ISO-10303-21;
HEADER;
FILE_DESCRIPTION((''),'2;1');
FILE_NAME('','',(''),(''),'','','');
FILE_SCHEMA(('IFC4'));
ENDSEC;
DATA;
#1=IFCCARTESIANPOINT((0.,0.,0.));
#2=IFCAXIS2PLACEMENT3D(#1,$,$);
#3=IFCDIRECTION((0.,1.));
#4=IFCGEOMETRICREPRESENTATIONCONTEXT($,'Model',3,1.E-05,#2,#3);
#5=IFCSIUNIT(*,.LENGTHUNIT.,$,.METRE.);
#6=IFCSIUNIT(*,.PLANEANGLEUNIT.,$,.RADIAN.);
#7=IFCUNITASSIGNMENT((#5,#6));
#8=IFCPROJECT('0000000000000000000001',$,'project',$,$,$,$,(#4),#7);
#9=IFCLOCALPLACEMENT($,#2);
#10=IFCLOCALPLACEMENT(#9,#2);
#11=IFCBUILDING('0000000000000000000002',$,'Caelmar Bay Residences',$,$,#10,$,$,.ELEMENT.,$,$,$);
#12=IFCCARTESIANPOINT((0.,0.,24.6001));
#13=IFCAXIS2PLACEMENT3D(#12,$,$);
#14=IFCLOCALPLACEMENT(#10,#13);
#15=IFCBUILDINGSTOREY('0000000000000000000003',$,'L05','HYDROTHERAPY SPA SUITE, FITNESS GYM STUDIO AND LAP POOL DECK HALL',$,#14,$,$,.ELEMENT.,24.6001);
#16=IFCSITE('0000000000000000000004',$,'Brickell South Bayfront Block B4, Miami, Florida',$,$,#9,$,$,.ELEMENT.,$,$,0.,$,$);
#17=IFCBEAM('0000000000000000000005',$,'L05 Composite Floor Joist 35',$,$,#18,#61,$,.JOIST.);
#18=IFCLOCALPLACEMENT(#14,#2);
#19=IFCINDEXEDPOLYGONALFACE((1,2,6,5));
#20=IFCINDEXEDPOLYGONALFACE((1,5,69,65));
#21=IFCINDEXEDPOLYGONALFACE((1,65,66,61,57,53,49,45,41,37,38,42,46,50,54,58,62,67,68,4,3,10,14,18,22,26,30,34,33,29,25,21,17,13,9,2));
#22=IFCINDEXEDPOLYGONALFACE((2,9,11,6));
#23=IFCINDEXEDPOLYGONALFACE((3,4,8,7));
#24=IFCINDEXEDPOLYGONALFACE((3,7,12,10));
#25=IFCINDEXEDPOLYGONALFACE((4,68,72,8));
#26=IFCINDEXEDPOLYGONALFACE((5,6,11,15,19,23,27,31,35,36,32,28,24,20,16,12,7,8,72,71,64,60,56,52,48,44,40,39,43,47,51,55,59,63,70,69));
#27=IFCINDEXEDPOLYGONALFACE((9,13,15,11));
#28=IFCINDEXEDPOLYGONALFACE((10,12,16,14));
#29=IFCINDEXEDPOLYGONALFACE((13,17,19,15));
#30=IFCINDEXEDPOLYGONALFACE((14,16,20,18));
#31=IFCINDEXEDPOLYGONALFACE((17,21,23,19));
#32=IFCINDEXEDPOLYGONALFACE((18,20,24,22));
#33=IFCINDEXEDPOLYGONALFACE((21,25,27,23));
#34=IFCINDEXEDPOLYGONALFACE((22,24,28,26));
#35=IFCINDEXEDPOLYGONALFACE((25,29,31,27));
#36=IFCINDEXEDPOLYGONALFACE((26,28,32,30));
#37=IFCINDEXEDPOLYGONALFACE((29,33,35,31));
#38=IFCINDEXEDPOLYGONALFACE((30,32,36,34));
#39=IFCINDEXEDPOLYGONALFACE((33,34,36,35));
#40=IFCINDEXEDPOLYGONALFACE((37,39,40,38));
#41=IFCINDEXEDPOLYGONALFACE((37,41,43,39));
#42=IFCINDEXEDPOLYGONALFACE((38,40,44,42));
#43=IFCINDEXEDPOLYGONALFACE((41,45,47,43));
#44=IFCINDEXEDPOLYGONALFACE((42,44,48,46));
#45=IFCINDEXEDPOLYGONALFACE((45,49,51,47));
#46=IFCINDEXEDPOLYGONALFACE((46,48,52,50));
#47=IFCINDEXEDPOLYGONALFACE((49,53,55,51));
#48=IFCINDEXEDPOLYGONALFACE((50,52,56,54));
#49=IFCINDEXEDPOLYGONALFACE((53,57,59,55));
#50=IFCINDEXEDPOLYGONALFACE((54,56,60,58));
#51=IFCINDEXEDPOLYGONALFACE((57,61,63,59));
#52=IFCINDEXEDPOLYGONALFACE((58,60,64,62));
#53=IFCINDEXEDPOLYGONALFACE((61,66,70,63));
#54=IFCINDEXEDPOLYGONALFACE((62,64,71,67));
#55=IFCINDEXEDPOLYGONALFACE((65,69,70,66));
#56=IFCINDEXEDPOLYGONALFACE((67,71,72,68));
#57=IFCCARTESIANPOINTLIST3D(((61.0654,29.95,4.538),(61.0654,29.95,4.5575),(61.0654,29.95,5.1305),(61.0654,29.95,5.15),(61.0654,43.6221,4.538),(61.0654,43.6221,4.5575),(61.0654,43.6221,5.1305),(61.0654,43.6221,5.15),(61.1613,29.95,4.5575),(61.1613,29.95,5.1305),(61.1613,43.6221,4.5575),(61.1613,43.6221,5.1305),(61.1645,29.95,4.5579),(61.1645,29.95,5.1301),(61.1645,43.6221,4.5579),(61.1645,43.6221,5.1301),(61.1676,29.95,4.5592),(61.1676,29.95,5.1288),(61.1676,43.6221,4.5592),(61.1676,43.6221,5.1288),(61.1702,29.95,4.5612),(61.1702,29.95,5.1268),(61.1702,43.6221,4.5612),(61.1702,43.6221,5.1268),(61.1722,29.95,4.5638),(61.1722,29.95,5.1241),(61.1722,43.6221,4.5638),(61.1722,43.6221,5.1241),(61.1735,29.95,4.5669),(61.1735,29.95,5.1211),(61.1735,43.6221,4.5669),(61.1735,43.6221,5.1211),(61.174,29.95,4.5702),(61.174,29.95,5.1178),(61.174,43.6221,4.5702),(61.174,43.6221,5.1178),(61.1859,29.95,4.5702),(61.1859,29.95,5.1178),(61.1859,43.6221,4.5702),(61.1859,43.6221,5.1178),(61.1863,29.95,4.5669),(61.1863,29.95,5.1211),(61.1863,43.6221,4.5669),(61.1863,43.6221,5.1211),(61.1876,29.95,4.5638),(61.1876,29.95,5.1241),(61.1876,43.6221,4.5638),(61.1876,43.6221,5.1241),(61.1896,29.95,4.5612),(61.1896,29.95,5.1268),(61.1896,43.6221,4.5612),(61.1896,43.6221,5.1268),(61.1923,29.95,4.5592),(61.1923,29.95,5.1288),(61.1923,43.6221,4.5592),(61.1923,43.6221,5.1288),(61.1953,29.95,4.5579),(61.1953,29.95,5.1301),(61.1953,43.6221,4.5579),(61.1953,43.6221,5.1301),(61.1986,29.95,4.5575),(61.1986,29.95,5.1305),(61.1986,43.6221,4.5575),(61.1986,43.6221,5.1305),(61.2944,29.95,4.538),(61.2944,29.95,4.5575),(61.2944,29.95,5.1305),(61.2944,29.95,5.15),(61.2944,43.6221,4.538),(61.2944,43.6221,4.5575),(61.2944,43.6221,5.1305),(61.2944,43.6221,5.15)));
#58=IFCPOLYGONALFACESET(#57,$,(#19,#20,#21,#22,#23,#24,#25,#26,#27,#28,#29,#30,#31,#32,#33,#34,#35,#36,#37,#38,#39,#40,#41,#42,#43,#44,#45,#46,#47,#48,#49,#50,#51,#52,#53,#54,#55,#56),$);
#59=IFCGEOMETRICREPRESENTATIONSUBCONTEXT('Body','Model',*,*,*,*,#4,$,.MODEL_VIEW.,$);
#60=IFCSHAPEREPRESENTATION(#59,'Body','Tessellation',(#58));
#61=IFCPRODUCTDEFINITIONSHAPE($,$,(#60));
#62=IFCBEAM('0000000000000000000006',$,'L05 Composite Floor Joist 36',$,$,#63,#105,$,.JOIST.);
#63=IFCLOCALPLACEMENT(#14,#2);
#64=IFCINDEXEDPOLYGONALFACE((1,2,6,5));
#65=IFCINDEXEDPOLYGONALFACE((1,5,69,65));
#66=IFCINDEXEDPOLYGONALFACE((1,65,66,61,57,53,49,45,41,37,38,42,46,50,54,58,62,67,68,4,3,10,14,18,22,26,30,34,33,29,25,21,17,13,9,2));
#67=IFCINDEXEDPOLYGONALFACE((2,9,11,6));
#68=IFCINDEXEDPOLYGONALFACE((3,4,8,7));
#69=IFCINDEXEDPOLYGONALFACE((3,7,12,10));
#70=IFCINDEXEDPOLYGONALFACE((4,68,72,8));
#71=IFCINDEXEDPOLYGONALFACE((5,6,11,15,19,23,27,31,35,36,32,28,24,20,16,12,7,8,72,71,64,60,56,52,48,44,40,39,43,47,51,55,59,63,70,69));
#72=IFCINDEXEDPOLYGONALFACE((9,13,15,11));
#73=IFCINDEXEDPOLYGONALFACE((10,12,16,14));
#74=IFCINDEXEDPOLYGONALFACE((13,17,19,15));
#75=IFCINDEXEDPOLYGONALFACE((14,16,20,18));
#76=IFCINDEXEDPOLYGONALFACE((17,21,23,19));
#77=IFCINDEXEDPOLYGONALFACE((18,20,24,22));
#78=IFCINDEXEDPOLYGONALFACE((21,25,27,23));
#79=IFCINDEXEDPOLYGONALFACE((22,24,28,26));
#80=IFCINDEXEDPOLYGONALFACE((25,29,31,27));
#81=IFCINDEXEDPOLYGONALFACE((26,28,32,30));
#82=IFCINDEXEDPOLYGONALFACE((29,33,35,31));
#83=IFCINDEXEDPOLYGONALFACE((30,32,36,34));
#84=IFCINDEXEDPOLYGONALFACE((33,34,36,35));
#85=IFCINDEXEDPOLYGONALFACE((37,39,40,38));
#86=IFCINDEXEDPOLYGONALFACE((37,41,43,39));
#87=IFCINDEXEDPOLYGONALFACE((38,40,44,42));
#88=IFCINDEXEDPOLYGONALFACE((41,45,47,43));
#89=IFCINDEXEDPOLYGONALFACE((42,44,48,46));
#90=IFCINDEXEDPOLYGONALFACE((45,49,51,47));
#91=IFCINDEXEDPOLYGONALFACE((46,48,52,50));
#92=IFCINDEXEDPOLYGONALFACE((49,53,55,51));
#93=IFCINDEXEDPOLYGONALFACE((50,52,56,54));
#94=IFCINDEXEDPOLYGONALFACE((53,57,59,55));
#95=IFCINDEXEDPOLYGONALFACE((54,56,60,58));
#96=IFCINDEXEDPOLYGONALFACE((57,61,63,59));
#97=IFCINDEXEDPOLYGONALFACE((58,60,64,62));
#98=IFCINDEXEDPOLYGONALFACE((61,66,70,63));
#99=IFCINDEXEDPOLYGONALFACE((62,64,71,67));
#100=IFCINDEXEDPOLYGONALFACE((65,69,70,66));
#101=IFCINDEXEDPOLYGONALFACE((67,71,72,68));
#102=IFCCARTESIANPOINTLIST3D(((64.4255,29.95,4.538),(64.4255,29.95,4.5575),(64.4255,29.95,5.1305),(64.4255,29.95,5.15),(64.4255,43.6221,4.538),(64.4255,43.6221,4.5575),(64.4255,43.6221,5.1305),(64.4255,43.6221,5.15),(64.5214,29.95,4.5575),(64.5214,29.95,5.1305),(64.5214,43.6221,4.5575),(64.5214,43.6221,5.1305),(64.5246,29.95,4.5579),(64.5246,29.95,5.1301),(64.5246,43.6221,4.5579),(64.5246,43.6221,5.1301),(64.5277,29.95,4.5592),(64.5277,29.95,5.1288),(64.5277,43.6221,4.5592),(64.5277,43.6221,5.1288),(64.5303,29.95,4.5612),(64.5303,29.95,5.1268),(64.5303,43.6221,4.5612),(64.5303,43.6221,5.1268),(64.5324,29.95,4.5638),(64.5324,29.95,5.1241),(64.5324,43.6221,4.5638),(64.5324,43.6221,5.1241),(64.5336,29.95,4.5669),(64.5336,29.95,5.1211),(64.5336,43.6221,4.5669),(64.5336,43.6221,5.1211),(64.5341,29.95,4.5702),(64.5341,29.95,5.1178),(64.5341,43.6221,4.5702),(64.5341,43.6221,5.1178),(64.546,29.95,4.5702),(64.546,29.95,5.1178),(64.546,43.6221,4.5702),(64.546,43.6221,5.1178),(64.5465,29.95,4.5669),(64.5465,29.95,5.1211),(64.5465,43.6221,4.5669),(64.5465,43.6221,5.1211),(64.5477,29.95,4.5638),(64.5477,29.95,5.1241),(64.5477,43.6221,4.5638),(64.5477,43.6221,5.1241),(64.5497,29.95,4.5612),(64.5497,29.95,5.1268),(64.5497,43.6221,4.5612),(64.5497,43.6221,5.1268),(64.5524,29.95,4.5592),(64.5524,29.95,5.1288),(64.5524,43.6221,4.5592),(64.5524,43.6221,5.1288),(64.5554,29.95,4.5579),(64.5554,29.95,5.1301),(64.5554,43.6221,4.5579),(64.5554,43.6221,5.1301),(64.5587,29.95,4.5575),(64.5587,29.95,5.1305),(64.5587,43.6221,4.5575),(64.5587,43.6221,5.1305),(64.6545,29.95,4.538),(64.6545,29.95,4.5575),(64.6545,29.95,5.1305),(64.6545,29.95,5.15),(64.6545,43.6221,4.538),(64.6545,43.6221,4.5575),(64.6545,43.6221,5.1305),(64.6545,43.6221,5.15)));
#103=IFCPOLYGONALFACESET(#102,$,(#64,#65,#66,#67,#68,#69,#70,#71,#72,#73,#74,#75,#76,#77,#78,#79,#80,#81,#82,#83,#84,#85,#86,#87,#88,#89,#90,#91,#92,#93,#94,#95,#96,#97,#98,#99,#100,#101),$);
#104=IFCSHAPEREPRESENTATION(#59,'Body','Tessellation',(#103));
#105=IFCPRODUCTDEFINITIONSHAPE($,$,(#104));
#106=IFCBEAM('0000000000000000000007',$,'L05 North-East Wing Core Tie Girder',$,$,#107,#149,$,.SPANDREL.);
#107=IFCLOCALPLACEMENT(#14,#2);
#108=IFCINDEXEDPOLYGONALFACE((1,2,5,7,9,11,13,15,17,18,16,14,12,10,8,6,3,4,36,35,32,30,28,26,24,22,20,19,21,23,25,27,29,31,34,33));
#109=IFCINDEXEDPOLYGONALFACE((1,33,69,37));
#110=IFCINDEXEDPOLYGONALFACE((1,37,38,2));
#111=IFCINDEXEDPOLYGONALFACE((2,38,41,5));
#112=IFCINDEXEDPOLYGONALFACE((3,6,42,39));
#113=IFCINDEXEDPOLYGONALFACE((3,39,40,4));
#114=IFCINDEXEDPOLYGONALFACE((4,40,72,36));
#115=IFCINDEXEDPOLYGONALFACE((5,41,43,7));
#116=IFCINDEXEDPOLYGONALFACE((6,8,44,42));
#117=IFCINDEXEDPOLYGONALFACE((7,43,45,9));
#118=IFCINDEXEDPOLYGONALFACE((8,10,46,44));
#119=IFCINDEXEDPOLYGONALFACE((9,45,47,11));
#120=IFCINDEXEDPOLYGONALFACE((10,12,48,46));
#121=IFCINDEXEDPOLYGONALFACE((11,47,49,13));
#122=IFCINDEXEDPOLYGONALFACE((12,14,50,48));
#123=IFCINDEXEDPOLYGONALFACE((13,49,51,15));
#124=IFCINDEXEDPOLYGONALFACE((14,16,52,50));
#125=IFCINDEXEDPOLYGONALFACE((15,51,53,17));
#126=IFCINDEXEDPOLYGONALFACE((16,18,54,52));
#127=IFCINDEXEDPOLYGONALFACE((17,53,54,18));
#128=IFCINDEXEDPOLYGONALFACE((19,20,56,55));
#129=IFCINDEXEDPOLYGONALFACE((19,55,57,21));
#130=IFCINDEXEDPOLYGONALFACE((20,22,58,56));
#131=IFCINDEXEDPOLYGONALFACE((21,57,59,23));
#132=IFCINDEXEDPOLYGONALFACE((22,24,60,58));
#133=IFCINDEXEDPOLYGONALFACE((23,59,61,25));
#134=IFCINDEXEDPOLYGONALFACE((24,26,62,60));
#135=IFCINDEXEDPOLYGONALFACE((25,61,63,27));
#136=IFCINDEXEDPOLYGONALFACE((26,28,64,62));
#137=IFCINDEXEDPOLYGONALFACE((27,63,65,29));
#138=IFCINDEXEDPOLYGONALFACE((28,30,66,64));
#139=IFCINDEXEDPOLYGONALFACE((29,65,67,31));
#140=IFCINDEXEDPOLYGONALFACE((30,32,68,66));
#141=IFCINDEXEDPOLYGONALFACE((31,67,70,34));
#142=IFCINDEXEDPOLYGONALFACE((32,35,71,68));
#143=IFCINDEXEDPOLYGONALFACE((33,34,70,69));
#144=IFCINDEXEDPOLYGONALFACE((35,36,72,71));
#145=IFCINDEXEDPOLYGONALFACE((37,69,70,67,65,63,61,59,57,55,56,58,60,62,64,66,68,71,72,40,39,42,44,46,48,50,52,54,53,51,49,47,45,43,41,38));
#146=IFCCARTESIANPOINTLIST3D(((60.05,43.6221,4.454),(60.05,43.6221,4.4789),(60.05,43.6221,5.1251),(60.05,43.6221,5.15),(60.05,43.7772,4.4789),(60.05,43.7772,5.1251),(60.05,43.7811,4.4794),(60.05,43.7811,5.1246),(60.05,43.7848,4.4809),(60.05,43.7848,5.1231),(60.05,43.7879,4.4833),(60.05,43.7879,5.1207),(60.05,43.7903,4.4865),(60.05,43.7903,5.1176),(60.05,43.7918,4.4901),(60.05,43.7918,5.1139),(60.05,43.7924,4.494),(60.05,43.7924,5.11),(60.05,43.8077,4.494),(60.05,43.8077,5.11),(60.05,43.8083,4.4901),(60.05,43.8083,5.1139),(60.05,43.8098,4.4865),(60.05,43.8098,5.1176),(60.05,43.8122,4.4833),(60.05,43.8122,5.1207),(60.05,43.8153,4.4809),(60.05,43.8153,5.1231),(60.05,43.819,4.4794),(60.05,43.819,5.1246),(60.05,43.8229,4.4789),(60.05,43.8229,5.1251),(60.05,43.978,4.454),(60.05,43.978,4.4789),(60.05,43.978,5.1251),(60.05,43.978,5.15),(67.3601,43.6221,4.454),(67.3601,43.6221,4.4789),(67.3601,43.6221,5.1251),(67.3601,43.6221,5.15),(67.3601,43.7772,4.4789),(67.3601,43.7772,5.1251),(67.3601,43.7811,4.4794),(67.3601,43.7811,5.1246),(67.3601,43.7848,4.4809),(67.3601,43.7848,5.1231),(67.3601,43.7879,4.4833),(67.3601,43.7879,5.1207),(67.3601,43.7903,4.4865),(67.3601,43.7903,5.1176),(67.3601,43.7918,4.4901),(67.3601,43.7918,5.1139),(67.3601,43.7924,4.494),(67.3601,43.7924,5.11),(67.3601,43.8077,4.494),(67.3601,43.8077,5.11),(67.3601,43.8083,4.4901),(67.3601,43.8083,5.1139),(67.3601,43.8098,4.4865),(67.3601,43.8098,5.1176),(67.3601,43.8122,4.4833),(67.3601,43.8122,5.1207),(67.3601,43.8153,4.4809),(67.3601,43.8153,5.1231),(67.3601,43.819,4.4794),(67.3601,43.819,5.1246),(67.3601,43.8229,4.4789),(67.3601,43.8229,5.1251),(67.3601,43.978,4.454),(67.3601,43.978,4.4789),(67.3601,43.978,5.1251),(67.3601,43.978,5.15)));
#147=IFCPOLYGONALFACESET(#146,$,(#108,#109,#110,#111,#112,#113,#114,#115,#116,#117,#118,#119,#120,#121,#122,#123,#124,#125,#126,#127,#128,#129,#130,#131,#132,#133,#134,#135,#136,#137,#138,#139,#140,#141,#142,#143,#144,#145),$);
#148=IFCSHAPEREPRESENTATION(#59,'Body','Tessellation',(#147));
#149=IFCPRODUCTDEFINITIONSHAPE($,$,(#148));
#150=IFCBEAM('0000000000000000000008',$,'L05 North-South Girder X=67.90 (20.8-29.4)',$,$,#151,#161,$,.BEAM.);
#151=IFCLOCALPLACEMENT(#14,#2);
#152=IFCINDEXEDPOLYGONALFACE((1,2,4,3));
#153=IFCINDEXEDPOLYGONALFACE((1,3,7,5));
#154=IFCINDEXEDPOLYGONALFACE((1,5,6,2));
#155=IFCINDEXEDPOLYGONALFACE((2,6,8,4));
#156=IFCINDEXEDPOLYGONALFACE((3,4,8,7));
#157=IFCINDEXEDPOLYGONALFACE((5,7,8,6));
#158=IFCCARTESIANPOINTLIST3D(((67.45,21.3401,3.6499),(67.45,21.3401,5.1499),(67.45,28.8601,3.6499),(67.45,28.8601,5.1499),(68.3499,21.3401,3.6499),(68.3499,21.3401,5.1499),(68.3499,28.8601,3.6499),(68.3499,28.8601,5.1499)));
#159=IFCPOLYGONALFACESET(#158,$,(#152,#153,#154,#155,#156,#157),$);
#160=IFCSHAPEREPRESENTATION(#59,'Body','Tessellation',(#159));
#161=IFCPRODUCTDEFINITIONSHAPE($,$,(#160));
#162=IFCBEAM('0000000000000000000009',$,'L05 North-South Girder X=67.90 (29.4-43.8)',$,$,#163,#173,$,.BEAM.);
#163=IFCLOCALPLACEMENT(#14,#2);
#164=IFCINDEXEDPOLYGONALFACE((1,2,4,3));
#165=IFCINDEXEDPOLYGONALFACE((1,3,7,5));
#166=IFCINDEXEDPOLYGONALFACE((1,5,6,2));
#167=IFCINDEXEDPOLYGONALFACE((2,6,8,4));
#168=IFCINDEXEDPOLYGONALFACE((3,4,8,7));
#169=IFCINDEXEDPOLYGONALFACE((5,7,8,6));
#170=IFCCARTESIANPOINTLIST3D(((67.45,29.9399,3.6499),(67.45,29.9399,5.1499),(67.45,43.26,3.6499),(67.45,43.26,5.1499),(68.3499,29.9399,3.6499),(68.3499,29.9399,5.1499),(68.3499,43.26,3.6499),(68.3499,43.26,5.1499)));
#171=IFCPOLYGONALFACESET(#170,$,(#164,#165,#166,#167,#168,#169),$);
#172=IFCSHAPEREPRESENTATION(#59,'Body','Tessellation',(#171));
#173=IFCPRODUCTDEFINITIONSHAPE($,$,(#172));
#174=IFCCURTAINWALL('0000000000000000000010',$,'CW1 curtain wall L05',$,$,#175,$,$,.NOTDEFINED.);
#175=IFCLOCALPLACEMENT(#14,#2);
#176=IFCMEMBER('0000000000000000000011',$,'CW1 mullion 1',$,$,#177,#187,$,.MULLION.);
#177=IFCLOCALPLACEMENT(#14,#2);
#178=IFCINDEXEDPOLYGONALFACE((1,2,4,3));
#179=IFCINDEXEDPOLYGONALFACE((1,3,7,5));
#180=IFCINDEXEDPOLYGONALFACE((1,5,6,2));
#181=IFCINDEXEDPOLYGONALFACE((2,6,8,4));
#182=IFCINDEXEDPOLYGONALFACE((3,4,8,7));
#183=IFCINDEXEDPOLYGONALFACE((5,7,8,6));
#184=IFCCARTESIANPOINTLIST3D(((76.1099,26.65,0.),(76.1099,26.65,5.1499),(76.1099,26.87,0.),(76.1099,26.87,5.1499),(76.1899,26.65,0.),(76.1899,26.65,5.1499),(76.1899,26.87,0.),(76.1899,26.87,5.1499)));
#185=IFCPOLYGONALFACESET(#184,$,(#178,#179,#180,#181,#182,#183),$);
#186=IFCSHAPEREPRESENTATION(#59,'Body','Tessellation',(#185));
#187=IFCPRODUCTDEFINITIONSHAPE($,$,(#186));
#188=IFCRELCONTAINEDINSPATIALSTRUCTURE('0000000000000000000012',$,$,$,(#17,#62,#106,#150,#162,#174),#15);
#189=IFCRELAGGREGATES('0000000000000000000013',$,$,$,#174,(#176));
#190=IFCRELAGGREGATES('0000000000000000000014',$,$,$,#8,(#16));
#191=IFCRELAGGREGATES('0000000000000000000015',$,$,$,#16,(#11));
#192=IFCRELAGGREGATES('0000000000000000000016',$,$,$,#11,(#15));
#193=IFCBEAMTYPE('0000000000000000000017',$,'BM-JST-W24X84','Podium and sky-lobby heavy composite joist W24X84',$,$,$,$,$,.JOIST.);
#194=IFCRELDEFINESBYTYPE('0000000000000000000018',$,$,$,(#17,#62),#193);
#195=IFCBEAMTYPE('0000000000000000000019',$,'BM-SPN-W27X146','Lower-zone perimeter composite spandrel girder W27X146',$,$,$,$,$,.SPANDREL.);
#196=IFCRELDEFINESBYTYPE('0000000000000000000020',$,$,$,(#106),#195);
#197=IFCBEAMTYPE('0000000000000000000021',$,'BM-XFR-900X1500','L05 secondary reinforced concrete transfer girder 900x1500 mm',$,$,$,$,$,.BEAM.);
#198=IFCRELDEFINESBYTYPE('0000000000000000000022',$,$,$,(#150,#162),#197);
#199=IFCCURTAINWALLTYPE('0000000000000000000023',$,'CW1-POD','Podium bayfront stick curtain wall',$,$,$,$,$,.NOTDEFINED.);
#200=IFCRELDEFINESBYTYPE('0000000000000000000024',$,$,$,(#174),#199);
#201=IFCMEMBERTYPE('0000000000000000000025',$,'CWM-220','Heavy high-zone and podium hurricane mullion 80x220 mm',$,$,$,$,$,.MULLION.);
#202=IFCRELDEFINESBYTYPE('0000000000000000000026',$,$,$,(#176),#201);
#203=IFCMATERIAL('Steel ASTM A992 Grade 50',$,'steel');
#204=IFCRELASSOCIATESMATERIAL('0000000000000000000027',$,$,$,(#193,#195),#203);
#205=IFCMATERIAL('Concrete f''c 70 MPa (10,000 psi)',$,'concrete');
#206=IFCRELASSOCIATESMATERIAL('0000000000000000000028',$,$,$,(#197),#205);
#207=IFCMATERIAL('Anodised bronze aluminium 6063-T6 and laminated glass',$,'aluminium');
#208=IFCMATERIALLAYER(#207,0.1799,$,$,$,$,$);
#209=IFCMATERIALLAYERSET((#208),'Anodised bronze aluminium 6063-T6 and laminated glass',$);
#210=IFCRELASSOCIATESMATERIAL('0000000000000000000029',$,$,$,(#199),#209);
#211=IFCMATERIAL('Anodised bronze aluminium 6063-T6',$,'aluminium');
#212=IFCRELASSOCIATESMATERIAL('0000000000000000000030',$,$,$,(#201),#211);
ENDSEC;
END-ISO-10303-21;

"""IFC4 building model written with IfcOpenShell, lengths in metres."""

from ifc_helpers import new_model, si_unit, direction, frame, origin, origin_2d, place, context, subcontext, project, spatial, rectangle, i_section, extrude, material, layer, layer_set, material_profile, profile_set, type_object, element, aggregate, save


model = new_model("IFC4")

# Units and contexts
model_context = context("Model", 3, precision=1e-05, world=origin(), true_north=direction((0.0, 1.0)))
body_context = subcontext(model_context, "Body", "Model", "MODEL_VIEW")
ifc_project = project(units=[si_unit("LENGTHUNIT", "METRE"), si_unit("PLANEANGLEUNIT", "RADIAN")], contexts=[model_context])

# Site, building, storey
site_placement = place(None, origin())
site = spatial("IfcSite", under=ifc_project, at=site_placement, Name="Brickell South Bayfront Block B4, Miami, Florida", CompositionType="ELEMENT", RefElevation=0.0)
building_placement = place(site_placement, origin())
building = spatial("IfcBuilding", under=site, at=building_placement, Name="Caelmar Bay Residences", CompositionType="ELEMENT")
storey_placement = place(building_placement, frame((0.0, 0.0, 24.6001)))
storey = spatial("IfcBuildingStorey", under=building, at=storey_placement, Name="L05", Description="HYDROTHERAPY SPA SUITE, FITNESS GYM STUDIO AND LAP POOL DECK HALL", CompositionType="ELEMENT", Elevation=24.6001)

# Shared definitions
ifc_material_1 = material(Name="Concrete f'c 70 MPa (10,000 psi)", Category="concrete")

# Beams
ifc_material_2 = material(Name="Steel ASTM A992 Grade 50", Category="steel")
ifc_material_profile_1 = material_profile(ifc_material_2, i_section(OverallWidth=0.229, OverallDepth=0.6121, WebThickness=0.012, FlangeThickness=0.0195, FilletRadius=0.0127, at=origin_2d()), Name="W24X84")
ifc_profile_set_1 = profile_set([ifc_material_profile_1], Name="Steel ASTM A992 Grade 50")
beam_type_1 = type_object("IfcBeamType", Name="BM-JST-W24X84", Description="Podium and sky-lobby heavy composite joist W24X84", PredefinedType="JOIST", material=ifc_profile_set_1)
for number, where, z_axis, x_axis, name in (
    (1, (61.1799, 29.95, 4.844), (0.0, 1.0, 0.0), (-1.0, 0.0, 0.0), "L05 Composite Floor Joist 35"),
    (2, (64.54, 29.95, 4.844), (0.0, 1.0, 0.0), (-1.0, 0.0, 0.0), "L05 Composite Floor Joist 36"),
):
    element("IfcBeam", number, at=place(storey_placement, frame(where, z_axis=z_axis, x_axis=x_axis)), inside=storey, type_object=beam_type_1, Name=name, PredefinedType="JOIST", context=body_context, shape_type="SweptSolid", body=[
        extrude(i_section(OverallWidth=0.229, OverallDepth=0.6121, WebThickness=0.012, FlangeThickness=0.0195, FilletRadius=0.0127, at=origin_2d()), origin(), (0.0, 0.0, 1.0), 13.6721),
    ])
ifc_material_profile_2 = material_profile(ifc_material_2, i_section(OverallWidth=0.356, OverallDepth=0.696, WebThickness=0.0154, FlangeThickness=0.0249, FilletRadius=0.0151, at=origin_2d()), Name="W27X146")
ifc_profile_set_2 = profile_set([ifc_material_profile_2], Name="Steel ASTM A992 Grade 50")
beam_type_2 = type_object("IfcBeamType", Name="BM-SPN-W27X146", Description="Lower-zone perimeter composite spandrel girder W27X146", PredefinedType="SPANDREL", material=ifc_profile_set_2)
beam_1_placement = place(storey_placement, frame((60.05, 43.8, 4.802), z_axis=(1.0, 0.0, 0.0), x_axis=(0.0, 1.0, 0.0)))
element("IfcBeam", 3, at=beam_1_placement, inside=storey, type_object=beam_type_2, Name="L05 North-East Wing Core Tie Girder", PredefinedType="SPANDREL", context=body_context, shape_type="SweptSolid", body=[
    extrude(i_section(OverallWidth=0.356, OverallDepth=0.696, WebThickness=0.0154, FlangeThickness=0.0249, FilletRadius=0.0151, at=origin_2d()), origin(), (0.0, 0.0, 1.0), 7.3101),
])
ifc_material_profile_3 = material_profile(ifc_material_1, rectangle(XDim=0.8999, YDim=1.5, at=origin_2d()), Name="RC-BM-900X1500")
ifc_profile_set_3 = profile_set([ifc_material_profile_3], Name="Concrete f'c 70 MPa (10,000 psi)")
beam_type_3 = type_object("IfcBeamType", Name="BM-XFR-900X1500", Description="L05 secondary reinforced concrete transfer girder 900x1500 mm", PredefinedType="BEAM", material=ifc_profile_set_3)
beam_2_placement = place(storey_placement, frame((67.8999, 21.3401, 4.3999), z_axis=(0.0, 1.0, 0.0), x_axis=(-1.0, 0.0, 0.0)))
element("IfcBeam", 4, at=beam_2_placement, inside=storey, type_object=beam_type_3, Name="L05 North-South Girder X=67.90 (20.8-29.4)", PredefinedType="BEAM", context=body_context, shape_type="SweptSolid", body=[
    extrude(rectangle(XDim=0.8999, YDim=1.5, at=origin_2d()), origin(), (0.0, 0.0, 1.0), 7.52),
])
beam_3_placement = place(storey_placement, frame((67.8999, 29.9399, 4.3999), z_axis=(0.0, 1.0, 0.0), x_axis=(-1.0, 0.0, 0.0)))
element("IfcBeam", 5, at=beam_3_placement, inside=storey, type_object=beam_type_3, Name="L05 North-South Girder X=67.90 (29.4-43.8)", PredefinedType="BEAM", context=body_context, shape_type="SweptSolid", body=[
    extrude(rectangle(XDim=0.8999, YDim=1.5, at=origin_2d()), origin(), (0.0, 0.0, 1.0), 13.3201),
])

# Curtain wall, member
ifc_material_3 = material(Name="Anodised bronze aluminium 6063-T6 and laminated glass", Category="aluminium")
ifc_layer_1 = layer(ifc_material_3, 0.1799)
ifc_layer_set_1 = layer_set([ifc_layer_1], Name="Anodised bronze aluminium 6063-T6 and laminated glass")
curtain_wall_type = type_object("IfcCurtainWallType", Name="CW1-POD", Description="Podium bayfront stick curtain wall", PredefinedType="NOTDEFINED", material=ifc_layer_set_1)
curtain_wall_placement = place(storey_placement, origin())
curtain_wall = element("IfcCurtainWall", 6, at=curtain_wall_placement, inside=storey, type_object=curtain_wall_type, Name="CW1 curtain wall L05", PredefinedType="NOTDEFINED")
ifc_material_4 = material(Name="Anodised bronze aluminium 6063-T6", Category="aluminium")
ifc_material_profile_4 = material_profile(ifc_material_4, rectangle(XDim=0.0801, YDim=0.22, at=origin_2d()), Name="CWM-80X220")
ifc_profile_set_4 = profile_set([ifc_material_profile_4], Name="Anodised bronze aluminium 6063-T6")
member_type_1 = type_object("IfcMemberType", Name="CWM-220", Description="Heavy high-zone and podium hurricane mullion 80x220 mm", PredefinedType="MULLION", material=ifc_profile_set_4)
member_1_placement = place(storey_placement, frame((76.1499, 26.76, 0.0), z_axis=(0.0, 0.0, 1.0), x_axis=(1.0, 0.0, 0.0)))
member_1 = element("IfcMember", 7, at=member_1_placement, type_object=member_type_1, Name="CW1 mullion 1", PredefinedType="MULLION", context=body_context, shape_type="SweptSolid", body=[
    extrude(rectangle(XDim=0.0801, YDim=0.22, at=origin_2d()), origin(), (0.0, 0.0, 1.0), 5.1499),
])
aggregate(curtain_wall, [member_1])

save(model, "model.ifc")
